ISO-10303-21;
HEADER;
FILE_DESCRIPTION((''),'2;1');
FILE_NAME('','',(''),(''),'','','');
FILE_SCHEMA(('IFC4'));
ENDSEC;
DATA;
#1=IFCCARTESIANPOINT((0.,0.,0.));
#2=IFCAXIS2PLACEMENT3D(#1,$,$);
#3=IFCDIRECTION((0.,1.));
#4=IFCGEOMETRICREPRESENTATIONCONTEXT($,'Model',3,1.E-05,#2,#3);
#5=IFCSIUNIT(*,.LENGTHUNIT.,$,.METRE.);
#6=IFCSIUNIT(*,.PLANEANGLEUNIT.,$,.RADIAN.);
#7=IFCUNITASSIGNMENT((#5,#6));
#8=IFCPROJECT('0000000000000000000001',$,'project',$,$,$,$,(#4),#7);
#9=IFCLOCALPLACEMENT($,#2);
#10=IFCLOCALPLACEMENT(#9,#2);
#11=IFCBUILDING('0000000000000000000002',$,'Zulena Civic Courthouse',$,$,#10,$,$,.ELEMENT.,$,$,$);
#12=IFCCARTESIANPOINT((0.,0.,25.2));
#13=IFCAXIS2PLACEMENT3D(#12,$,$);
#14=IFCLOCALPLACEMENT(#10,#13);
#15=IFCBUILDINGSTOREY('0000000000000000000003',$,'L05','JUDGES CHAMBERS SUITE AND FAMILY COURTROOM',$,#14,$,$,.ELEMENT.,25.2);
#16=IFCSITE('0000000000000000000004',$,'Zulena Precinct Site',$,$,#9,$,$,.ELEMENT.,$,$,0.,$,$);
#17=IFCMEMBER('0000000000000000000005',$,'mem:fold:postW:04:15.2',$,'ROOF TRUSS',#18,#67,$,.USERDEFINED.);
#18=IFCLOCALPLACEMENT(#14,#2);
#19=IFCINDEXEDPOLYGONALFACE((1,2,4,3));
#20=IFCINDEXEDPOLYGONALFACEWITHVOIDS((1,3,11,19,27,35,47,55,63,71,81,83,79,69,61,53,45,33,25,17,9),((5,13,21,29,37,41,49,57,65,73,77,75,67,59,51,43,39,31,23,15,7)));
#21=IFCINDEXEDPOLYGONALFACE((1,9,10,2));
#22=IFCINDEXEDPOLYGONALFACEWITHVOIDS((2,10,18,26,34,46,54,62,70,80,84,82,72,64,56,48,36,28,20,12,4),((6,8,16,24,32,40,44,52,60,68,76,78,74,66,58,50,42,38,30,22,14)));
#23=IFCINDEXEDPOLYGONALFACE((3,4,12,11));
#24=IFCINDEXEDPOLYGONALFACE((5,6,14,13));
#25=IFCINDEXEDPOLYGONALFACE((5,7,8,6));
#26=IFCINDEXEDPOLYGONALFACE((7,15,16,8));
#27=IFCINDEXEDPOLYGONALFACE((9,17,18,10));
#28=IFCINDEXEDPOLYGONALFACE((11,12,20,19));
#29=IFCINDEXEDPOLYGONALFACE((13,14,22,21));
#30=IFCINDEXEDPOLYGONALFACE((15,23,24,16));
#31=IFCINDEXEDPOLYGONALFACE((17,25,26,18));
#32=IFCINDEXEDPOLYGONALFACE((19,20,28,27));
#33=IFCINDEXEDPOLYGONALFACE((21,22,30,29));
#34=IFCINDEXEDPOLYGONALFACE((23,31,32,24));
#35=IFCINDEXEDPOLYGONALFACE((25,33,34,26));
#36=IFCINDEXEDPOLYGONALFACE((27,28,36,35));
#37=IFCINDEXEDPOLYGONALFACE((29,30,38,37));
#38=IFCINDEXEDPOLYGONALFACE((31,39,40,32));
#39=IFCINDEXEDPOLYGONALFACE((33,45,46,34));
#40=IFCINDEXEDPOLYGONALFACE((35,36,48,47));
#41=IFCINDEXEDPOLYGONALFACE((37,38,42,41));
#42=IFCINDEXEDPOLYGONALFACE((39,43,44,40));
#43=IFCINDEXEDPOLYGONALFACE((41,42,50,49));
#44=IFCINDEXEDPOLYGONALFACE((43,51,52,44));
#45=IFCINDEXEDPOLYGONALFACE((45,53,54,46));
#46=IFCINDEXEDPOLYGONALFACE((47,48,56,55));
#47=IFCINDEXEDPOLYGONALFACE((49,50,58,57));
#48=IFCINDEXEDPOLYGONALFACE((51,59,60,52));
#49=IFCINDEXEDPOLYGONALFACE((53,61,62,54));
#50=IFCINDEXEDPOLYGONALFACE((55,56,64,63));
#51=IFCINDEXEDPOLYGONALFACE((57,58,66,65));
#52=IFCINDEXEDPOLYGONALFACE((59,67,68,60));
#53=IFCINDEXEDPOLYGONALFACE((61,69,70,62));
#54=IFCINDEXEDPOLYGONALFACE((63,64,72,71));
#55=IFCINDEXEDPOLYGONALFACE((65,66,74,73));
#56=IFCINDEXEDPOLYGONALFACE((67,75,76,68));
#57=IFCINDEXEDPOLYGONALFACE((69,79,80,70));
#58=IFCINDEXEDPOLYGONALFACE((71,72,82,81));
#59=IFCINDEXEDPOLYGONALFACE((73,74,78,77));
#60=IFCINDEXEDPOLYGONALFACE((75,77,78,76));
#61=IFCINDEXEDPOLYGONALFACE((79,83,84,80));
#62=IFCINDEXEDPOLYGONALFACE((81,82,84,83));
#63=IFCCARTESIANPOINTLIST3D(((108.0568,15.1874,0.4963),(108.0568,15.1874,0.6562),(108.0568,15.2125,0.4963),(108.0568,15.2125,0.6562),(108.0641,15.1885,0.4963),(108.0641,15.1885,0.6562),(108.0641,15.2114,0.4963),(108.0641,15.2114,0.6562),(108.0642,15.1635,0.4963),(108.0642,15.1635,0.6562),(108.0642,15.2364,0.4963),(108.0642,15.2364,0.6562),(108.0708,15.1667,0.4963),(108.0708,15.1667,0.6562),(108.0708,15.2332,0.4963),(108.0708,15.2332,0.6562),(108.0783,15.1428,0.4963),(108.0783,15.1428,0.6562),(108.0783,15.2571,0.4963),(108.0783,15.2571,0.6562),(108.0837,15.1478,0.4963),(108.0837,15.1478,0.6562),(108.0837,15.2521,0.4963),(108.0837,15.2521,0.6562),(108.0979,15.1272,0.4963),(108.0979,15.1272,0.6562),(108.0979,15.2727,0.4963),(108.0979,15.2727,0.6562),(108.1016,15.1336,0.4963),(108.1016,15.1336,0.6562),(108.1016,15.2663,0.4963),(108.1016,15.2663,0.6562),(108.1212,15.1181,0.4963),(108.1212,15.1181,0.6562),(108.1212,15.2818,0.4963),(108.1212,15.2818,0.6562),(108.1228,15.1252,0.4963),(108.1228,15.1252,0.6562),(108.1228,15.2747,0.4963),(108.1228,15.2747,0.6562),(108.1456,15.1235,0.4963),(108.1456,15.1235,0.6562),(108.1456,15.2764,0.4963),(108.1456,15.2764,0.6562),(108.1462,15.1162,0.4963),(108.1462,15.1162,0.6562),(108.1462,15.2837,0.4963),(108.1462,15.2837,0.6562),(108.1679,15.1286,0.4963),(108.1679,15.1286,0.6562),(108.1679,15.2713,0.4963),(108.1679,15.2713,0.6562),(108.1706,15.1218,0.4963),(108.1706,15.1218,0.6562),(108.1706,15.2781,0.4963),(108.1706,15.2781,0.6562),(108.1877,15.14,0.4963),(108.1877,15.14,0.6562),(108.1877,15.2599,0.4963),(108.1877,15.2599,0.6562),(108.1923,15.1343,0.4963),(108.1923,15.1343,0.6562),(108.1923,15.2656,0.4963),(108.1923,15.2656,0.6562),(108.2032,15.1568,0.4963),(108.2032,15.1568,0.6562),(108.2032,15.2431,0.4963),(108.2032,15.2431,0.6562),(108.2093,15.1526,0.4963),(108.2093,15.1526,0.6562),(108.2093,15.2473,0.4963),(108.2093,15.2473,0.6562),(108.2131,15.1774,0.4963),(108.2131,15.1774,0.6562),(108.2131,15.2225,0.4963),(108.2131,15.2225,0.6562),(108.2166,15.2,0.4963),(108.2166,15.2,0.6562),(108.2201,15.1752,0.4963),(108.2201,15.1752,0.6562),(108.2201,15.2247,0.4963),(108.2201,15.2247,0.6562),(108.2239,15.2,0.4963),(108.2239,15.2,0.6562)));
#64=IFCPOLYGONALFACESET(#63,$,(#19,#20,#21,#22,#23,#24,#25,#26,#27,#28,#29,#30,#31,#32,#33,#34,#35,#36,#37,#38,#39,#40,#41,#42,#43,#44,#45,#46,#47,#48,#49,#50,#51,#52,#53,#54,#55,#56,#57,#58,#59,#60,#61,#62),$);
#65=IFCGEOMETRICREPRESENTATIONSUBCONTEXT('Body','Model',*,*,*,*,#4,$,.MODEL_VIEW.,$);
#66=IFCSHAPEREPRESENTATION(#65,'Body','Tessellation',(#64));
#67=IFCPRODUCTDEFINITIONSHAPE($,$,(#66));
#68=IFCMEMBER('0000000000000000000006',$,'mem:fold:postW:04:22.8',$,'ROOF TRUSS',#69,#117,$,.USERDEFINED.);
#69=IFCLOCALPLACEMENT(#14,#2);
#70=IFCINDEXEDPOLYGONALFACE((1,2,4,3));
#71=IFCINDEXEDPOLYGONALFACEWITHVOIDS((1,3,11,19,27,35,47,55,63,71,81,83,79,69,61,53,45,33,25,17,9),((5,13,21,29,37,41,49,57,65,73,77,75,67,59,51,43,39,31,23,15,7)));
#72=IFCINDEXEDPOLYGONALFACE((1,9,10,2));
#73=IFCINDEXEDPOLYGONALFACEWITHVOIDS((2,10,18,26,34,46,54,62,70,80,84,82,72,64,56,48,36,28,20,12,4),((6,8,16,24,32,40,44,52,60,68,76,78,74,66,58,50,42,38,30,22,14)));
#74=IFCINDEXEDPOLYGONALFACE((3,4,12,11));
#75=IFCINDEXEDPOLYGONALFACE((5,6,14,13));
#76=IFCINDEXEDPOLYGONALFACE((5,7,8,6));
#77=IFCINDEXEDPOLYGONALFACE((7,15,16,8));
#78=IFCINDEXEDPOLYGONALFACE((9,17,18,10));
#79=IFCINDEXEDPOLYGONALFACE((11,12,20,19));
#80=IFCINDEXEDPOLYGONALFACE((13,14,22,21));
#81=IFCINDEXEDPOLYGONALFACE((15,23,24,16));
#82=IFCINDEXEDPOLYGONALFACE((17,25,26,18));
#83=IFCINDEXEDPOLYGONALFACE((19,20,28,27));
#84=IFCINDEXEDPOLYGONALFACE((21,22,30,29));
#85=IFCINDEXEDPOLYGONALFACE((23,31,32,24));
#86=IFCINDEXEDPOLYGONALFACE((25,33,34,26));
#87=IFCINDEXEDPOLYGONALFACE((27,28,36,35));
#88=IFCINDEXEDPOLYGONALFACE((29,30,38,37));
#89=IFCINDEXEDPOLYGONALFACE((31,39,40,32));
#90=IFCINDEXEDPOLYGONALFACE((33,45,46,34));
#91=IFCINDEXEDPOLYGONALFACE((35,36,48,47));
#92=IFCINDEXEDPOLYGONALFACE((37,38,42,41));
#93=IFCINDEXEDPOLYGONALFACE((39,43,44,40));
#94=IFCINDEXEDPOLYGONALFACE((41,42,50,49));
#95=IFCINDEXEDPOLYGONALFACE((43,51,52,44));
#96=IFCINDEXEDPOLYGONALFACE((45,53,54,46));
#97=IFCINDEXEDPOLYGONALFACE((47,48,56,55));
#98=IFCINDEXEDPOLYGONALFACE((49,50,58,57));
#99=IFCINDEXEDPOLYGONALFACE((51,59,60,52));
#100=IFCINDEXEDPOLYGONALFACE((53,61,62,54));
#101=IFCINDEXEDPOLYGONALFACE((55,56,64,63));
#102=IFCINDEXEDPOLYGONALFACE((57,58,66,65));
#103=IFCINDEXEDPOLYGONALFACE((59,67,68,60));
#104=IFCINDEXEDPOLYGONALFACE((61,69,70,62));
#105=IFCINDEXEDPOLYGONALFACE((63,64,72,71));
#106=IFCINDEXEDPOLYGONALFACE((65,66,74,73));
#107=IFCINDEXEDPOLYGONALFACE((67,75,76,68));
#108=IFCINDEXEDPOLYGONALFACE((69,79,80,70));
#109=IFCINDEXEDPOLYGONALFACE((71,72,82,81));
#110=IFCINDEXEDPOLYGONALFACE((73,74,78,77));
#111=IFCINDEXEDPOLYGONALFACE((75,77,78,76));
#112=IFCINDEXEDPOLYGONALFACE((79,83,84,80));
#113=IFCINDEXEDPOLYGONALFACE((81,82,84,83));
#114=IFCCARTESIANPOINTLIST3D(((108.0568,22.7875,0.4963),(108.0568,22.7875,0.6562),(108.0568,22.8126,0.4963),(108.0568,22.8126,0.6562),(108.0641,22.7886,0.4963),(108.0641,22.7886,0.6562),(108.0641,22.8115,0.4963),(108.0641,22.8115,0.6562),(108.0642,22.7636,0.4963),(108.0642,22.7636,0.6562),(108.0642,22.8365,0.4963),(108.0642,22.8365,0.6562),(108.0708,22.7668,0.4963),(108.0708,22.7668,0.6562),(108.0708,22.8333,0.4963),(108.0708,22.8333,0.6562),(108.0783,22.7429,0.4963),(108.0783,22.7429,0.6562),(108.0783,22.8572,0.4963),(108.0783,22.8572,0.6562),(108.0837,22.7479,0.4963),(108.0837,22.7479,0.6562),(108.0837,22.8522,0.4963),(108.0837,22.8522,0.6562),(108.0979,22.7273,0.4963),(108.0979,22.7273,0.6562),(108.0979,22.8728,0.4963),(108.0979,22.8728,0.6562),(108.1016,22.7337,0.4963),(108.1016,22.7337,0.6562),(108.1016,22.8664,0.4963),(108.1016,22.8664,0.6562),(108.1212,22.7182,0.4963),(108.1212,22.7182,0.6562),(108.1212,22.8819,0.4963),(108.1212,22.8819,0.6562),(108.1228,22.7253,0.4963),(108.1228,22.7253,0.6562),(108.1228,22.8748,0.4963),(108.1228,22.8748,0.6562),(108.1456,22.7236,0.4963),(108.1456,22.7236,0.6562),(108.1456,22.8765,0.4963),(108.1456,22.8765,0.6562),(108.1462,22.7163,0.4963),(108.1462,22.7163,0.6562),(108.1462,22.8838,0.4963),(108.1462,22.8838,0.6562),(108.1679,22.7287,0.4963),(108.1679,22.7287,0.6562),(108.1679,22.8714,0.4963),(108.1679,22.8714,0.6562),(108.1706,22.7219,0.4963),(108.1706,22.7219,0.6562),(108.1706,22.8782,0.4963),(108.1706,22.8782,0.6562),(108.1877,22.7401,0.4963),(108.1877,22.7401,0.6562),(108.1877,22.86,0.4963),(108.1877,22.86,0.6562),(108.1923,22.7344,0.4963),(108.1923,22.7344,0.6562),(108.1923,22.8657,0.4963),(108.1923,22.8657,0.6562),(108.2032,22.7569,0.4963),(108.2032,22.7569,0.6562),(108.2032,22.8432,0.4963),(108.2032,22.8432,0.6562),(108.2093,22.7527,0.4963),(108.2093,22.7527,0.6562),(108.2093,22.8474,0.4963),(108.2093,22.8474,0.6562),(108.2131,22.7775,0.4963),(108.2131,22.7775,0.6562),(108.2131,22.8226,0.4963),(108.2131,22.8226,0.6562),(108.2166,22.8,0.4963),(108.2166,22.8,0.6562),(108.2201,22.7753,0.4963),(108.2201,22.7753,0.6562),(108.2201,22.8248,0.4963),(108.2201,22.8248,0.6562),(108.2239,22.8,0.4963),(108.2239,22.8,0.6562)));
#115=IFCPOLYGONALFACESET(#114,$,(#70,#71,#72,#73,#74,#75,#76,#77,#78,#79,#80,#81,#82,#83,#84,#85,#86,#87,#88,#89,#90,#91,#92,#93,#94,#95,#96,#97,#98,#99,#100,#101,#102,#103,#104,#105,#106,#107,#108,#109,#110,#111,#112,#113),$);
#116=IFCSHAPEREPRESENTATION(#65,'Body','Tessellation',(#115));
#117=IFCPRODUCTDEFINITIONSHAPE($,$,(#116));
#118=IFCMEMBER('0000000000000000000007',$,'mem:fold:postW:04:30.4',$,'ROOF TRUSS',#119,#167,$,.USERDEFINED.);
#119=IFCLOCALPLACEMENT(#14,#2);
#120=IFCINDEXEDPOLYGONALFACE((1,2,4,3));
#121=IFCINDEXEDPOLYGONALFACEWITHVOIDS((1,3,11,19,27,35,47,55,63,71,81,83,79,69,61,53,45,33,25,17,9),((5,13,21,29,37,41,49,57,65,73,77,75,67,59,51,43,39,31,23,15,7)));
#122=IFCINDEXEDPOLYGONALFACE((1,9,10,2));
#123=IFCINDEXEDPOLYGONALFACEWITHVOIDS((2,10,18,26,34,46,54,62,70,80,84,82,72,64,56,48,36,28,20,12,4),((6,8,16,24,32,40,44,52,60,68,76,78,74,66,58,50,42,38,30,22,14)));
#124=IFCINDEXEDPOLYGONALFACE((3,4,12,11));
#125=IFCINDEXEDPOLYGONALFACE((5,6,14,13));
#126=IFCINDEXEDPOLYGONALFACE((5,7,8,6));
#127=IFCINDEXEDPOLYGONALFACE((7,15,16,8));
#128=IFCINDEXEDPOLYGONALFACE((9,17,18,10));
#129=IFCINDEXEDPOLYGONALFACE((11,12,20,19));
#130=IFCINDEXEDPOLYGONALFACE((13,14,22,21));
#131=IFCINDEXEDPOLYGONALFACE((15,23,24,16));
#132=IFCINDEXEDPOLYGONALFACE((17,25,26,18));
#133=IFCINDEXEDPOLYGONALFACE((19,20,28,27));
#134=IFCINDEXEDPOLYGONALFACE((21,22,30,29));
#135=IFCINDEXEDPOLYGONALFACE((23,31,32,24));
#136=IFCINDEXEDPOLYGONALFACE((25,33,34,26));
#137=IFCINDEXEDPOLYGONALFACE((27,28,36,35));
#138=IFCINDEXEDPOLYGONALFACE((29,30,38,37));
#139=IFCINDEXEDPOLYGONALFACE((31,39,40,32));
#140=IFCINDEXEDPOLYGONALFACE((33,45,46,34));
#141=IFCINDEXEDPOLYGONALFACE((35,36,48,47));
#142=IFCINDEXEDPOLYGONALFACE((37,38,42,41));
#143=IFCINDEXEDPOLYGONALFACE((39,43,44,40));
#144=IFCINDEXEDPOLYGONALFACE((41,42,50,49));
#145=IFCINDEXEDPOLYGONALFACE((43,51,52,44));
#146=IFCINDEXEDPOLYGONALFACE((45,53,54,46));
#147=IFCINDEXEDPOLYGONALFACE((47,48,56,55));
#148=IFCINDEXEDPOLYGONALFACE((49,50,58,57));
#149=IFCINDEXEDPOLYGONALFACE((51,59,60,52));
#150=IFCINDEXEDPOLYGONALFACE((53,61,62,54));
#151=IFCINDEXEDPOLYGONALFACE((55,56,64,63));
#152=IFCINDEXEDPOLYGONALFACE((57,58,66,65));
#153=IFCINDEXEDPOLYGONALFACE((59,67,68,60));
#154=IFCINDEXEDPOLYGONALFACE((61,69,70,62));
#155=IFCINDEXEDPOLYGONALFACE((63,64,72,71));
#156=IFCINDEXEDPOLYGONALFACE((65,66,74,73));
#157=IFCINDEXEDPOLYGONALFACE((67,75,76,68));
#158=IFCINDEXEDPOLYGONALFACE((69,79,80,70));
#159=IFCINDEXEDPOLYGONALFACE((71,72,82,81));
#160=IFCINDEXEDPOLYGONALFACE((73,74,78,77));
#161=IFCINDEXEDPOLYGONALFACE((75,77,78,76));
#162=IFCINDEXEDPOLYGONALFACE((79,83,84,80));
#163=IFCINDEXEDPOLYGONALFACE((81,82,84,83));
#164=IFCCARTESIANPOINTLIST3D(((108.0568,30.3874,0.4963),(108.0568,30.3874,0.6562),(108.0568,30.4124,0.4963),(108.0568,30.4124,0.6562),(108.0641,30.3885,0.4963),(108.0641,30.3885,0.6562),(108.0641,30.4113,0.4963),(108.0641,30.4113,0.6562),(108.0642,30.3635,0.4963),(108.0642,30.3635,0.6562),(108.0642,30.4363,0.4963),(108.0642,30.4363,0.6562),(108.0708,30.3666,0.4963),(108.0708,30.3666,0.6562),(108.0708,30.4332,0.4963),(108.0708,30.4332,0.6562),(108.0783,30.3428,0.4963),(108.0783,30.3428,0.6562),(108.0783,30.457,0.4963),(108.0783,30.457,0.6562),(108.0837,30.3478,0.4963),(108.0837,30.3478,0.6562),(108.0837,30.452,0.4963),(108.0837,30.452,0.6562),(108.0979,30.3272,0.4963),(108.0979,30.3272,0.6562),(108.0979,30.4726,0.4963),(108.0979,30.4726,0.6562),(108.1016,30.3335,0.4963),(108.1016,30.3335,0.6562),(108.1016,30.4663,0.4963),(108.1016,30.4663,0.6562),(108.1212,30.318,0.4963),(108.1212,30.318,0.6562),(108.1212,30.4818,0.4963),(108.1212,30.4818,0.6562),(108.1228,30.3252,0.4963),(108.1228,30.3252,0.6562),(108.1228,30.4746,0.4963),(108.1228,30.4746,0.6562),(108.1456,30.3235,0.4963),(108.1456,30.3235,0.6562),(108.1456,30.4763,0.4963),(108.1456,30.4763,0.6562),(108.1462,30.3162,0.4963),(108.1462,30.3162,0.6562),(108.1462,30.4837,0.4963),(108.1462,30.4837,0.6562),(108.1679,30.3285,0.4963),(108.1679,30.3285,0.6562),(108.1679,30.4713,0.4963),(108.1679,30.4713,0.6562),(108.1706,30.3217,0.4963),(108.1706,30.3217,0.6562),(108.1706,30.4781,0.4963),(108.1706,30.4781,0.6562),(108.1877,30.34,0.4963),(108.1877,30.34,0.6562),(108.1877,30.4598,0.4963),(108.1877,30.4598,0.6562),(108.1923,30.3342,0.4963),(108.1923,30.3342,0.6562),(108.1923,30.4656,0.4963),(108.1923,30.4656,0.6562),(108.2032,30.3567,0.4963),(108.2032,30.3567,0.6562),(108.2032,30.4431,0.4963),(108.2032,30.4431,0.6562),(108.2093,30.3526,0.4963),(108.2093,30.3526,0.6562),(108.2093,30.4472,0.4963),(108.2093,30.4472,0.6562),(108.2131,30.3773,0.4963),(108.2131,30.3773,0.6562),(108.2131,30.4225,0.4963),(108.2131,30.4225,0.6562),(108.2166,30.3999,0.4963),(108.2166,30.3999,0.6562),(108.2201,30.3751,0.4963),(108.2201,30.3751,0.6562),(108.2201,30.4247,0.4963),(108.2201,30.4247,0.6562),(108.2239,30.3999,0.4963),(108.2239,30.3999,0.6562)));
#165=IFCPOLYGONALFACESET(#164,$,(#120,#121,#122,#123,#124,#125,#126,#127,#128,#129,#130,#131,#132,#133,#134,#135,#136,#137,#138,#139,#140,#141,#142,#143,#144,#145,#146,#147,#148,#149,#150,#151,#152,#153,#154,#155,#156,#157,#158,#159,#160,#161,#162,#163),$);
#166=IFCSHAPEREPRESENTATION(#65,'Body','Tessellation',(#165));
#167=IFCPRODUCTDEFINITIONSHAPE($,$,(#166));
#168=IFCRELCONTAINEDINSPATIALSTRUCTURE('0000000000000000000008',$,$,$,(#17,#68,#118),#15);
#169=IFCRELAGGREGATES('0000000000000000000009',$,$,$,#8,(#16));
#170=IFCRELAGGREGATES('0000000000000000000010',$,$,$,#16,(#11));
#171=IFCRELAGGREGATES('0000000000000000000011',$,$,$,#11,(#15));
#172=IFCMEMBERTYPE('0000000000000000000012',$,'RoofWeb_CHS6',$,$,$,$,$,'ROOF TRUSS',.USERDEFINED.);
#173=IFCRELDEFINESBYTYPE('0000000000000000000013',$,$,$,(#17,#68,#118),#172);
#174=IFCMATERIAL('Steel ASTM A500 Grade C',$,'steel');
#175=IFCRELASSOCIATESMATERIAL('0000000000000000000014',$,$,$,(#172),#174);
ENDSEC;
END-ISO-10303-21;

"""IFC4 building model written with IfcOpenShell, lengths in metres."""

from ifc_helpers import new_model, si_unit, direction, frame, origin, origin_2d, place, context, subcontext, project, spatial, hollow_circle, extrude, material, material_profile, profile_set, type_object, element, save


model = new_model("IFC4")

# Units and contexts
model_context = context("Model", 3, precision=1e-05, world=origin(), true_north=direction((0.0, 1.0)))
body_context = subcontext(model_context, "Body", "Model", "MODEL_VIEW")
ifc_project = project(units=[si_unit("LENGTHUNIT", "METRE"), si_unit("PLANEANGLEUNIT", "RADIAN")], contexts=[model_context])

# Site, building, storey
site_placement = place(None, origin())
site = spatial("IfcSite", under=ifc_project, at=site_placement, Name="Zulena Precinct Site", CompositionType="ELEMENT", RefElevation=0.0)
building_placement = place(site_placement, origin())
building = spatial("IfcBuilding", under=site, at=building_placement, Name="Zulena Civic Courthouse", CompositionType="ELEMENT")
storey_placement = place(building_placement, frame((0.0, 0.0, 25.2)))
storey = spatial("IfcBuildingStorey", under=building, at=storey_placement, Name="L05", Description="JUDGES CHAMBERS SUITE AND FAMILY COURTROOM", CompositionType="ELEMENT", Elevation=25.2)

# Members
ifc_material_1 = material(Name="Steel ASTM A500 Grade C", Category="steel")
ifc_material_profile_1 = material_profile(ifc_material_1, hollow_circle(Radius=0.084, WallThickness=0.0073, at=origin_2d()), Name="HSS6.625X0.312")
ifc_profile_set_1 = profile_set([ifc_material_profile_1], Name="Steel ASTM A500 Grade C")
member_type_1 = type_object("IfcMemberType", Name="RoofWeb_CHS6", ElementType="ROOF TRUSS", PredefinedType="USERDEFINED", material=ifc_profile_set_1)
for number, where, z_axis, x_axis, name in (
    (1, (108.1399, 15.2, 0.4963), (0.0, 0.0, 1.0), (1.0, 0.0, 0.0), "mem:fold:postW:04:15.2"),
    (2, (108.1399, 22.8, 0.4963), (0.0, 0.0, 1.0), (1.0, 0.0, 0.0), "mem:fold:postW:04:22.8"),
    (3, (108.1399, 30.3999, 0.4963), (0.0, 0.0, 1.0), (1.0, 0.0, 0.0), "mem:fold:postW:04:30.4"),
):
    element("IfcMember", number, at=place(storey_placement, frame(where, z_axis=z_axis, x_axis=x_axis)), inside=storey, type_object=member_type_1, Name=name, ObjectType="ROOF TRUSS", PredefinedType="USERDEFINED", context=body_context, shape_type="SweptSolid", body=[
        extrude(hollow_circle(Radius=0.084, WallThickness=0.0073, at=origin_2d()), origin(), (0.0, 0.0, 1.0), 0.1599),
    ])

save(model, "model.ifc")
